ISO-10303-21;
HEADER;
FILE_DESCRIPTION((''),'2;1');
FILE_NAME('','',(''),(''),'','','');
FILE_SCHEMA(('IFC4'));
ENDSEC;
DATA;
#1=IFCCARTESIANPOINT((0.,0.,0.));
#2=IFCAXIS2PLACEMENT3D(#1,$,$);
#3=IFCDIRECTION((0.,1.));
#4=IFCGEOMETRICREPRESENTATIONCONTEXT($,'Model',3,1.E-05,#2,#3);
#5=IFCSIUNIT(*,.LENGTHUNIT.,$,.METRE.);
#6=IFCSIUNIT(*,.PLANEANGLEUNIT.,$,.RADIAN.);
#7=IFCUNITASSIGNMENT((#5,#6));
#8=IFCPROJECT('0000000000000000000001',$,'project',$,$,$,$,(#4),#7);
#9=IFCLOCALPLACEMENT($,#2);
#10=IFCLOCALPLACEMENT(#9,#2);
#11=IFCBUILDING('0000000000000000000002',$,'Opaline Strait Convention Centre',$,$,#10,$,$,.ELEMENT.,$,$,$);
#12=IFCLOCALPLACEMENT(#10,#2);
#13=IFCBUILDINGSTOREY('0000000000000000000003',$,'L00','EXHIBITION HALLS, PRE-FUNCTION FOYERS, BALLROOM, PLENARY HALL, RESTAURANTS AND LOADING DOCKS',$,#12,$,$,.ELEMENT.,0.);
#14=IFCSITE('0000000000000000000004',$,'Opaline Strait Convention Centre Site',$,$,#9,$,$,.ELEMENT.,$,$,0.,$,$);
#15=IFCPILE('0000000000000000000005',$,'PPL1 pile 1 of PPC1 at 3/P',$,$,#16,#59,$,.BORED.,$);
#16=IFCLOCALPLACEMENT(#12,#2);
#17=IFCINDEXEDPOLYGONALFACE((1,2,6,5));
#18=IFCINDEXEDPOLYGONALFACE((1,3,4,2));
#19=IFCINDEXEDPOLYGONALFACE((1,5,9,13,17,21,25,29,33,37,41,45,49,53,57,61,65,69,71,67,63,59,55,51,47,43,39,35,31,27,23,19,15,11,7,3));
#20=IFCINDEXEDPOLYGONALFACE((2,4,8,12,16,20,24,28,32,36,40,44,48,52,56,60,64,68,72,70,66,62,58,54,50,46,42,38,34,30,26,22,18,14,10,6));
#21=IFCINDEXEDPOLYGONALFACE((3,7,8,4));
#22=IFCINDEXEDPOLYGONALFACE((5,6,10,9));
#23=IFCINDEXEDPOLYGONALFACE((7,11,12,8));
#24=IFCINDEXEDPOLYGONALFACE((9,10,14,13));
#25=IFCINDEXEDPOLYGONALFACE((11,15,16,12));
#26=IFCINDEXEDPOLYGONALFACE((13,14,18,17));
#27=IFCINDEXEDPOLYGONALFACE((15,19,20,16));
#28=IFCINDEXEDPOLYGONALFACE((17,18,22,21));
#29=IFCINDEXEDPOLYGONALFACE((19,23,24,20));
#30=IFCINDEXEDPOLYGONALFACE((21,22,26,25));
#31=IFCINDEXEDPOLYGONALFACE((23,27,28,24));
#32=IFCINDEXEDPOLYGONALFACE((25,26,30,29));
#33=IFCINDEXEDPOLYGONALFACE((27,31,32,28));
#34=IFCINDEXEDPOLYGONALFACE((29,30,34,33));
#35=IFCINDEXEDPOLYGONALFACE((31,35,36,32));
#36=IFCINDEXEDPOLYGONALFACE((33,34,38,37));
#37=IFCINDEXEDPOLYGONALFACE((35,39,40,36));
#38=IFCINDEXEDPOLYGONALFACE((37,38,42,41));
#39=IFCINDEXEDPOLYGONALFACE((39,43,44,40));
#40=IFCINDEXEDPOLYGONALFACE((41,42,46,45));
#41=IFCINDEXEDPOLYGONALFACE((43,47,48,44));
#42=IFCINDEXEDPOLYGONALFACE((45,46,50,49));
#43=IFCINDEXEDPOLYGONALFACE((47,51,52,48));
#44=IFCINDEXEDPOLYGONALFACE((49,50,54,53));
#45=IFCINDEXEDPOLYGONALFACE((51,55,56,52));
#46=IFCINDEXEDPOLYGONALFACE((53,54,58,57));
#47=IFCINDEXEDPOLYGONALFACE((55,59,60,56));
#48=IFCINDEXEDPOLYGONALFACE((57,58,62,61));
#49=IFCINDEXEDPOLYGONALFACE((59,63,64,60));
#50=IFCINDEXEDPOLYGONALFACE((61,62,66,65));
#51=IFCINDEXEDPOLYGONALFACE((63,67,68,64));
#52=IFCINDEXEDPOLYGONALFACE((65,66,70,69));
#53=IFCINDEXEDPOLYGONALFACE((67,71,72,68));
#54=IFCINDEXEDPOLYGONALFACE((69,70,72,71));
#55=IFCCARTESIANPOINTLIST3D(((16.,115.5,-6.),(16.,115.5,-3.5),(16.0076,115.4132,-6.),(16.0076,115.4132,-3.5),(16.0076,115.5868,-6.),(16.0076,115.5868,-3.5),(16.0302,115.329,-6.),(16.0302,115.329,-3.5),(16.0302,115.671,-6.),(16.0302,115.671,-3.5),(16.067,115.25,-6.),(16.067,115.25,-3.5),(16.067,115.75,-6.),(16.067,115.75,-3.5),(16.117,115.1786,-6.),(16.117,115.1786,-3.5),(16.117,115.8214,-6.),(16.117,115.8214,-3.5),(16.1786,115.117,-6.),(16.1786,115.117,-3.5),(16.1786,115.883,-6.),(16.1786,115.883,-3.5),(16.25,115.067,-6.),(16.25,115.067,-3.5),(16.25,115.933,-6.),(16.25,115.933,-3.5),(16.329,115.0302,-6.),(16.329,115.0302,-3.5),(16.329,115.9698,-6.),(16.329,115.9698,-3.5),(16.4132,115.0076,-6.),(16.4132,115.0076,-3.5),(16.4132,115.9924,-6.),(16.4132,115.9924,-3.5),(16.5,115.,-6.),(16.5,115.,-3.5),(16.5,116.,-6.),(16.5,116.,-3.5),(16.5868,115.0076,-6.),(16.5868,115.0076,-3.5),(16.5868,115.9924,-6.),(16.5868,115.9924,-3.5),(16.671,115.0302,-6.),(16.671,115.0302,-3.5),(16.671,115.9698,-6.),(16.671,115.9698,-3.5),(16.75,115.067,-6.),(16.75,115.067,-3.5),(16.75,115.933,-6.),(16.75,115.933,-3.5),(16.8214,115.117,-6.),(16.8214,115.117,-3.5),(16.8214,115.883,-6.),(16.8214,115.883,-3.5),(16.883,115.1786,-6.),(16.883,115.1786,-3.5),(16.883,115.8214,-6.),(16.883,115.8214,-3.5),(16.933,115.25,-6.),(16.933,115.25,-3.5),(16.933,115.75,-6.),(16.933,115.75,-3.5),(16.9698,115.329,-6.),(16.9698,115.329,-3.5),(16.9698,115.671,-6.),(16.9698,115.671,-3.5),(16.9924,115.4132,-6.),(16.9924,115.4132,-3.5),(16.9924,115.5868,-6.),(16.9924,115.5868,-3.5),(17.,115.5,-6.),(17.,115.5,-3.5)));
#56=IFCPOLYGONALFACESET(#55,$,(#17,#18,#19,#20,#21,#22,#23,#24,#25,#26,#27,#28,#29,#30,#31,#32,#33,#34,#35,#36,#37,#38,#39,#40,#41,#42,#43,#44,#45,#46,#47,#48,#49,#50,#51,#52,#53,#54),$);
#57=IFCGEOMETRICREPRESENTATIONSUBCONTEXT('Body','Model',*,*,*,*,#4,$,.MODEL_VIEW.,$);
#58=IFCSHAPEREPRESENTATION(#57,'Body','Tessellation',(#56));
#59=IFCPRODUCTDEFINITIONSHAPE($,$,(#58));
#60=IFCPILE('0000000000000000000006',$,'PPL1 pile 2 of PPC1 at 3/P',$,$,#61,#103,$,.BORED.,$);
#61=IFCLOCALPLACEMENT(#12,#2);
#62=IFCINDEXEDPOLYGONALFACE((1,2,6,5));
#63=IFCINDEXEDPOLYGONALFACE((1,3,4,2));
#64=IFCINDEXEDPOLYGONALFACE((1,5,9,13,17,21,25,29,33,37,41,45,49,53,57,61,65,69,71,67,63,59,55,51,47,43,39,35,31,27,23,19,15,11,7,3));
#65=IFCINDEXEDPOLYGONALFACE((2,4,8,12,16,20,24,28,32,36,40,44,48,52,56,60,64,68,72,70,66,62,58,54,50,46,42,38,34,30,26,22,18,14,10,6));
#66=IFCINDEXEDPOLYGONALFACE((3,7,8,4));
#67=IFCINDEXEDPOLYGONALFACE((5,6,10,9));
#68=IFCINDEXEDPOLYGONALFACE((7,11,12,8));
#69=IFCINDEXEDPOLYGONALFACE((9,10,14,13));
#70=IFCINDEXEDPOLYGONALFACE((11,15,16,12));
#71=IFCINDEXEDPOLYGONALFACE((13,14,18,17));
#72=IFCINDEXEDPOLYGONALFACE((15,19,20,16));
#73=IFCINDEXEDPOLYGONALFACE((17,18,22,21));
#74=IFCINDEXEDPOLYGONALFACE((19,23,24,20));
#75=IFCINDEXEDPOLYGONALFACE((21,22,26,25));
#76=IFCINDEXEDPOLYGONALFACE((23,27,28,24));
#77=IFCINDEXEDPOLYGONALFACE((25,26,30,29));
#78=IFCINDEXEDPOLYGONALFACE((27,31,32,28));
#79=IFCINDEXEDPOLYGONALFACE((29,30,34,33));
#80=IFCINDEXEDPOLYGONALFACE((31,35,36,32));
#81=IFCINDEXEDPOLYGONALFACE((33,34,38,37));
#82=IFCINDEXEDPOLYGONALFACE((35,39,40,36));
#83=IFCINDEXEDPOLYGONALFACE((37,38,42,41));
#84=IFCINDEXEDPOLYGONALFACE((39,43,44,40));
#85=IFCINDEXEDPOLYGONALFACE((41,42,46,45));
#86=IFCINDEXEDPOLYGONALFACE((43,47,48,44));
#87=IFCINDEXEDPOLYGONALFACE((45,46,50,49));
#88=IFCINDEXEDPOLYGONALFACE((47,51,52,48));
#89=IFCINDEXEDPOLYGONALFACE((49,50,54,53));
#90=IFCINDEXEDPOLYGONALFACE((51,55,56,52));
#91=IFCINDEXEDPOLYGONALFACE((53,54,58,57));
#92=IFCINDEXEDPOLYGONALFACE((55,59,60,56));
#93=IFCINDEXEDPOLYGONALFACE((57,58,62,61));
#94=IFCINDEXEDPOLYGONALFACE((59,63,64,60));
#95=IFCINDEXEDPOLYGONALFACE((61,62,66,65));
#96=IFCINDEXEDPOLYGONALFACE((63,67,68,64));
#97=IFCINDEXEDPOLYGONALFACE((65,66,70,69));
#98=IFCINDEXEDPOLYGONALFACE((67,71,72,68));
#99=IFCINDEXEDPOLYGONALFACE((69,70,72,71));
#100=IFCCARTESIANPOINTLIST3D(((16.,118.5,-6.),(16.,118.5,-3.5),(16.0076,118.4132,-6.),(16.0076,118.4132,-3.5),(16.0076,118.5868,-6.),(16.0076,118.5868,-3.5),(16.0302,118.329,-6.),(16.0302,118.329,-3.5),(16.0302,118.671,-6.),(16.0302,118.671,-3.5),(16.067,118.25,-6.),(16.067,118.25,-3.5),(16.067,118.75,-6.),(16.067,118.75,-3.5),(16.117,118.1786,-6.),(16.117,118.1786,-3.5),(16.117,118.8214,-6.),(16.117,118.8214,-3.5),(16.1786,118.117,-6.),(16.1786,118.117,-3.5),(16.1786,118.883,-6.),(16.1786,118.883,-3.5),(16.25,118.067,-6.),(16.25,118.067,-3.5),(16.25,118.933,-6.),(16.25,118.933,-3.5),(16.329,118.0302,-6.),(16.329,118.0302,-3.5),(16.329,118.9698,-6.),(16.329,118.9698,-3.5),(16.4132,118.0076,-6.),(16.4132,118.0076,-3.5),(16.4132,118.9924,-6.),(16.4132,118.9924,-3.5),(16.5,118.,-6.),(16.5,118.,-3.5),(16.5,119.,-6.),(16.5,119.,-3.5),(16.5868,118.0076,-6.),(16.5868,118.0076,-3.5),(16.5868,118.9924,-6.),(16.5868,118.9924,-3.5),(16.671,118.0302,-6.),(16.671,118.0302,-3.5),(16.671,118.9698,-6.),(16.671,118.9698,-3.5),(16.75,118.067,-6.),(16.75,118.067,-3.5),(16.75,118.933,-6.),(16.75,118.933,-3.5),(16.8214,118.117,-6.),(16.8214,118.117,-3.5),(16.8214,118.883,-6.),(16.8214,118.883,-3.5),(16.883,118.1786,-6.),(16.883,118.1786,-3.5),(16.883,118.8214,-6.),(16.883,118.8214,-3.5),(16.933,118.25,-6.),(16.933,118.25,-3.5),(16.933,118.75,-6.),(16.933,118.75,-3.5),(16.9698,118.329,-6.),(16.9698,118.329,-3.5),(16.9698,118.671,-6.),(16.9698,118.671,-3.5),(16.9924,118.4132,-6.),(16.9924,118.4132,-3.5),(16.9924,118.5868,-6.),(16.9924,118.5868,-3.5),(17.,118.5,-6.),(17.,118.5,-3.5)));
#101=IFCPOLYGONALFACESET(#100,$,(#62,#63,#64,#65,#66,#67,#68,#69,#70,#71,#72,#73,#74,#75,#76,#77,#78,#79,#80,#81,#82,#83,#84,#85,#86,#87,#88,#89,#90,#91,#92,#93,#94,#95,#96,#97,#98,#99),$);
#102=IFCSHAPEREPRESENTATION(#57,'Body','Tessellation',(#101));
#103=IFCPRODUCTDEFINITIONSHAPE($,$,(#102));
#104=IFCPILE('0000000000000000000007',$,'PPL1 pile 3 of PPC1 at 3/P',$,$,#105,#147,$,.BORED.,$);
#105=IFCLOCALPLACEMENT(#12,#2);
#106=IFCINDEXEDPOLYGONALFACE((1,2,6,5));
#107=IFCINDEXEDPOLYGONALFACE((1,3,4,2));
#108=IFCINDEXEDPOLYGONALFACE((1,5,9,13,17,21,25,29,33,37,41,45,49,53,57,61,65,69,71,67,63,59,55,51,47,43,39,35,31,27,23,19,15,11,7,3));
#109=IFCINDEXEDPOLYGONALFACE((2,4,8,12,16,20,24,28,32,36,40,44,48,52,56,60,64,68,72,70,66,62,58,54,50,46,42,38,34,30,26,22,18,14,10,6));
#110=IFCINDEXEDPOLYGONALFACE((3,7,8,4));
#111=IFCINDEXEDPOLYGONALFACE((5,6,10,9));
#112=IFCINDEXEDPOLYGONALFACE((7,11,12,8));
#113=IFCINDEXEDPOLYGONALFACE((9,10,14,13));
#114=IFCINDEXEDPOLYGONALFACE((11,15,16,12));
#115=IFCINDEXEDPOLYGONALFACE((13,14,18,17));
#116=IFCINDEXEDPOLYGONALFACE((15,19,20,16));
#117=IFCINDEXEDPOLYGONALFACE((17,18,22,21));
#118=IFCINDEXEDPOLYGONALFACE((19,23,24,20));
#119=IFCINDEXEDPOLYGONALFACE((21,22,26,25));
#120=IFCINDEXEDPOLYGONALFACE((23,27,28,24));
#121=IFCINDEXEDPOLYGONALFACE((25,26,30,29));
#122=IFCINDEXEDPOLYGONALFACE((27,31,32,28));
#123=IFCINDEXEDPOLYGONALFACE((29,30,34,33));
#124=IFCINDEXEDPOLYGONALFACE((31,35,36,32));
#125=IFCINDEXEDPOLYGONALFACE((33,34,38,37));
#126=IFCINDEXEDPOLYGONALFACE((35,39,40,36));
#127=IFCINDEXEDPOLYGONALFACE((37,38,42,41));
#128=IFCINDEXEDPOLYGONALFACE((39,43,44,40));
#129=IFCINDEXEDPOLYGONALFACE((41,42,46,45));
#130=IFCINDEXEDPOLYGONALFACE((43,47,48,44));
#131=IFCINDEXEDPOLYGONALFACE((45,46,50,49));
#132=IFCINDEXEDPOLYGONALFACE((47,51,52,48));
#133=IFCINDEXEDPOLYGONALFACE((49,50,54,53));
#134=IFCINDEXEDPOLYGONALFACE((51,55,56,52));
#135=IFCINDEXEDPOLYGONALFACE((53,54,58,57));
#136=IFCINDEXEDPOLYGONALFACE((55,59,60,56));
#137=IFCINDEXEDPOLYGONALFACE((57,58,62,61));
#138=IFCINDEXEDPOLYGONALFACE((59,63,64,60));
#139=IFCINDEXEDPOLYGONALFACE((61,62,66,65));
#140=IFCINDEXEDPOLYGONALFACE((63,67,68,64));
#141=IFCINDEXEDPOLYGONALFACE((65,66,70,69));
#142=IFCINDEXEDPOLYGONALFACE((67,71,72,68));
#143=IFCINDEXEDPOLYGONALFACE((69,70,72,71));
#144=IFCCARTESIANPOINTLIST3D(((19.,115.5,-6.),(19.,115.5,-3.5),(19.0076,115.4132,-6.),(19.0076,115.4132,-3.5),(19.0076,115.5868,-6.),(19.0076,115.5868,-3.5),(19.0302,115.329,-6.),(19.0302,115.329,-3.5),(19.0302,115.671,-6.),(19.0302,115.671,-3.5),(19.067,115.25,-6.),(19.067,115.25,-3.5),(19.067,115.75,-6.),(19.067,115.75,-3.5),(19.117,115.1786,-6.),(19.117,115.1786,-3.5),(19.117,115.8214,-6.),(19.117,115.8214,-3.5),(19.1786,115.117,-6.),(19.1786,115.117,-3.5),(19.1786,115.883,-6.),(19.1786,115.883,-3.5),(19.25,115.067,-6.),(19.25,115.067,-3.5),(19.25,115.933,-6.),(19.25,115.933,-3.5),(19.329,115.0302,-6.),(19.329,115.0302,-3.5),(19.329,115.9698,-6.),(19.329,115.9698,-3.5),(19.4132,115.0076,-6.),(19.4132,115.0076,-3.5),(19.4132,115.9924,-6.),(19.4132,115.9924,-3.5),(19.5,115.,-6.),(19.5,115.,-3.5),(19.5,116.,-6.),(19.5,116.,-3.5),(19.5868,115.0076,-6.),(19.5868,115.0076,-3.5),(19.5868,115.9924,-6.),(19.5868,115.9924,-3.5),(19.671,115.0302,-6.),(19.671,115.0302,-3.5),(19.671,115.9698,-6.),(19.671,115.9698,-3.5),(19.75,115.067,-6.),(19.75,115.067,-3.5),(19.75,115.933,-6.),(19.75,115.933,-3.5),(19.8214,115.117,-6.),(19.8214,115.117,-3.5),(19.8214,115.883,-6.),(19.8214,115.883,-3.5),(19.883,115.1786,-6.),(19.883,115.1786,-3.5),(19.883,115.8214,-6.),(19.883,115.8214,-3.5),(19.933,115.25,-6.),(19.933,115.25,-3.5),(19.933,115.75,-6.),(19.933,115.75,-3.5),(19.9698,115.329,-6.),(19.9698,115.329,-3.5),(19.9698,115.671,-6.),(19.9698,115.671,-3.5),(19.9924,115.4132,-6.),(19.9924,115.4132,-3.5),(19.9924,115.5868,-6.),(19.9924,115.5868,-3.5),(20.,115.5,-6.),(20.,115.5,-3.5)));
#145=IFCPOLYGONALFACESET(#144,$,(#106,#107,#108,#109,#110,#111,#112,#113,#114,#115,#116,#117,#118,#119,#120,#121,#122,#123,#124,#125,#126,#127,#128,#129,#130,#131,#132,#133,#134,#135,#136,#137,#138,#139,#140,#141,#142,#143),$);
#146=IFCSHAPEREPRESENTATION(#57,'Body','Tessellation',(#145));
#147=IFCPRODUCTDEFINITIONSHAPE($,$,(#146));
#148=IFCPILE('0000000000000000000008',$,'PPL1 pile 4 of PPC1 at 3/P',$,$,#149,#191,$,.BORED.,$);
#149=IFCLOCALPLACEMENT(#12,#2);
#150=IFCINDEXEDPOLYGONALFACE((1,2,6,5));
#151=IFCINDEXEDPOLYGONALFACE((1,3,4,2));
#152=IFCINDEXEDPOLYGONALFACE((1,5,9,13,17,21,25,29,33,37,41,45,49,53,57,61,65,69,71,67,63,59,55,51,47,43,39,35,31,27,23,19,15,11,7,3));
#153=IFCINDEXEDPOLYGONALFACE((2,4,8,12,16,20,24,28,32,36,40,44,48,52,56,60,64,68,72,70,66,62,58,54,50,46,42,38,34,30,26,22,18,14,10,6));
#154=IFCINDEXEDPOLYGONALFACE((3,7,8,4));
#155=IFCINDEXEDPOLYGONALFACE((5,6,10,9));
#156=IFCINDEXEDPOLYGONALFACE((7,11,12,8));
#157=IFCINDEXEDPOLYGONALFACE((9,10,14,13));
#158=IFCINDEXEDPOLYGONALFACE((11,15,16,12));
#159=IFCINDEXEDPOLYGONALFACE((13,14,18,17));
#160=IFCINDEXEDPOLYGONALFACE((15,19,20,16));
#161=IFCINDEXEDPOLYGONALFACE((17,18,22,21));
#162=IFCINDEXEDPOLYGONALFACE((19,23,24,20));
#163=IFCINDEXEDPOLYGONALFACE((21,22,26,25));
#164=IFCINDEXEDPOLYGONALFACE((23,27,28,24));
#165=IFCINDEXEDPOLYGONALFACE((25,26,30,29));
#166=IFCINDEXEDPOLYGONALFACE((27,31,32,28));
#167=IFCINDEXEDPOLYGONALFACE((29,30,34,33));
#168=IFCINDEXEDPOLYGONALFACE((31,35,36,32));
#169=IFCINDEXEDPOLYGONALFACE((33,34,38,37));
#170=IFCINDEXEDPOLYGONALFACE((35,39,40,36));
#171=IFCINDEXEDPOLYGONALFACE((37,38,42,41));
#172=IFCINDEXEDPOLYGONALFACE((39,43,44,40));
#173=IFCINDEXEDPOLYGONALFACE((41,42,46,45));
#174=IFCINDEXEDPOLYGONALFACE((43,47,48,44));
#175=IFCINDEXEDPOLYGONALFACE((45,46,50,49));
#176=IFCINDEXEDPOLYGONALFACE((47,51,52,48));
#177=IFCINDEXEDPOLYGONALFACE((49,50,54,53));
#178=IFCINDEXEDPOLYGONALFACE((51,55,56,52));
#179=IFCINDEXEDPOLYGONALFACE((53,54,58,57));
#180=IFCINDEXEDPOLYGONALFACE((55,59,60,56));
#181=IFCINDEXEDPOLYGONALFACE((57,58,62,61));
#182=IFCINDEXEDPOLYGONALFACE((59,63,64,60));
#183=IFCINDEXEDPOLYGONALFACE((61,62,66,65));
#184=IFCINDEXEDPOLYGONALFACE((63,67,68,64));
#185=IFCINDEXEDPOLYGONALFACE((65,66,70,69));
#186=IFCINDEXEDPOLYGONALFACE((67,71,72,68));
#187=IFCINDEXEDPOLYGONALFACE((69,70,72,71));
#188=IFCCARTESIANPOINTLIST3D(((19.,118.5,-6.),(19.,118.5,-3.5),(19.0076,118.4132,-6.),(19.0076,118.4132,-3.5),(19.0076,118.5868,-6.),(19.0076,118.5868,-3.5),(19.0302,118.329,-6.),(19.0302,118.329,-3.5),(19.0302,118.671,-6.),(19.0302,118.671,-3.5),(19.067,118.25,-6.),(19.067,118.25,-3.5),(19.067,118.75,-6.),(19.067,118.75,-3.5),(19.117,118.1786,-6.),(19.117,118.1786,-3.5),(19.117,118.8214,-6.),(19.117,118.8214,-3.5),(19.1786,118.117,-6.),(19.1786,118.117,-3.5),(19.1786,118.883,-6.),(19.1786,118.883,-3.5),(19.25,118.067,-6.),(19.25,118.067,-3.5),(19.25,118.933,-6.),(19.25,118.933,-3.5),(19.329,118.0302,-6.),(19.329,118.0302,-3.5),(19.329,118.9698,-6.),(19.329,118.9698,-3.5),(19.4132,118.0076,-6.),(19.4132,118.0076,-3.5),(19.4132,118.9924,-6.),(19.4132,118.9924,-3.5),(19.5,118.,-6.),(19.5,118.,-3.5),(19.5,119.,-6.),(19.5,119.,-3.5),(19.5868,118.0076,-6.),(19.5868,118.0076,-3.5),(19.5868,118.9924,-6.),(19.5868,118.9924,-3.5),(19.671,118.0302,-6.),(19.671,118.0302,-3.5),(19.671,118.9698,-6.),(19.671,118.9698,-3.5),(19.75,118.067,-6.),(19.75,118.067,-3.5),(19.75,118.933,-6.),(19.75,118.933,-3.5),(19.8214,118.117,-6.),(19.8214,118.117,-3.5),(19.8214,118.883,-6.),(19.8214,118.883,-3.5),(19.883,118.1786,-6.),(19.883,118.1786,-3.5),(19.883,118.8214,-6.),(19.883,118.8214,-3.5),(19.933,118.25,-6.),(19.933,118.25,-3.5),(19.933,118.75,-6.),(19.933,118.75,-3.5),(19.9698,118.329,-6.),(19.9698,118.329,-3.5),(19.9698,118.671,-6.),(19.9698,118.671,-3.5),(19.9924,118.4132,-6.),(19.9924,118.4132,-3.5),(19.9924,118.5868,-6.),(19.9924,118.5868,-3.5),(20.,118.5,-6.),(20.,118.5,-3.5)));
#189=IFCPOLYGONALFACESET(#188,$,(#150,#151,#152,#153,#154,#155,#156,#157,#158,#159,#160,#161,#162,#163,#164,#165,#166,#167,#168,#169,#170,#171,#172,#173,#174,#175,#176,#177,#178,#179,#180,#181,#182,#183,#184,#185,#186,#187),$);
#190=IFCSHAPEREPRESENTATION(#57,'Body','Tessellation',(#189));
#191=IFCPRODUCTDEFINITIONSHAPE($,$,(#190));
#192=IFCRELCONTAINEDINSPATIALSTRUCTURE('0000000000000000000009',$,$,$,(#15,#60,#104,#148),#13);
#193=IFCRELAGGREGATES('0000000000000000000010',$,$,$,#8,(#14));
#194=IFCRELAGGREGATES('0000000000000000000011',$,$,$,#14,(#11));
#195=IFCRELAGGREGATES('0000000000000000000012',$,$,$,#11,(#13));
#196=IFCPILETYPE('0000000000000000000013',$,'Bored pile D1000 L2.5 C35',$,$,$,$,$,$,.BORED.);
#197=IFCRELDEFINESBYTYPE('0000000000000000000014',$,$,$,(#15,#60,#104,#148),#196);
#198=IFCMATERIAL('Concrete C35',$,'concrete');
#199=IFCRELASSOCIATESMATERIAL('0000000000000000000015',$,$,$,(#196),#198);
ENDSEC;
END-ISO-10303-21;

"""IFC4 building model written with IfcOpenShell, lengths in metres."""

from ifc_helpers import new_model, si_unit, direction, frame, origin, origin_2d, place, context, subcontext, project, spatial, circle, extrude, material, material_profile, profile_set, type_object, element, save


model = new_model("IFC4")

# Units and contexts
model_context = context("Model", 3, precision=1e-05, world=origin(), true_north=direction((0.0, 1.0)))
body_context = subcontext(model_context, "Body", "Model", "MODEL_VIEW")
ifc_project = project(units=[si_unit("LENGTHUNIT", "METRE"), si_unit("PLANEANGLEUNIT", "RADIAN")], contexts=[model_context])

# Site, building, storey
site_placement = place(None, origin())
site = spatial("IfcSite", under=ifc_project, at=site_placement, Name="Opaline Strait Convention Centre Site", CompositionType="ELEMENT", RefElevation=0.0)
building_placement = place(site_placement, origin())
building = spatial("IfcBuilding", under=site, at=building_placement, Name="Opaline Strait Convention Centre", CompositionType="ELEMENT")
storey_placement = place(building_placement, origin())
storey = spatial("IfcBuildingStorey", under=building, at=storey_placement, Name="L00", Description="EXHIBITION HALLS, PRE-FUNCTION FOYERS, BALLROOM, PLENARY HALL, RESTAURANTS AND LOADING DOCKS", CompositionType="ELEMENT", Elevation=0.0)

# Piles
ifc_material_1 = material(Name="Concrete C35", Category="concrete")
ifc_material_profile_1 = material_profile(ifc_material_1, circle(Radius=0.5, at=origin_2d()), Name="D1000")
ifc_profile_set_1 = profile_set([ifc_material_profile_1], Name="Concrete C35")
pile_type_1 = type_object("IfcPileType", Name="Bored pile D1000 L2.5 C35", PredefinedType="BORED", material=ifc_profile_set_1)
for number, where, z_axis, x_axis, name in (
    (1, (16.5, 115.5, -3.5), (0.0, 0.0, -1.0), (1.0, 0.0, 0.0), "PPL1 pile 1 of PPC1 at 3/P"),
    (2, (16.5, 118.5, -3.5), (0.0, 0.0, -1.0), (1.0, 0.0, 0.0), "PPL1 pile 2 of PPC1 at 3/P"),
    (3, (19.5, 115.5, -3.5), (0.0, 0.0, -1.0), (1.0, 0.0, 0.0), "PPL1 pile 3 of PPC1 at 3/P"),
    (4, (19.5, 118.5, -3.5), (0.0, 0.0, -1.0), (1.0, 0.0, 0.0), "PPL1 pile 4 of PPC1 at 3/P"),
):
    element("IfcPile", number, at=place(storey_placement, frame(where, z_axis=z_axis, x_axis=x_axis)), inside=storey, type_object=pile_type_1, Name=name, PredefinedType="BORED", context=body_context, shape_type="SweptSolid", body=[
        extrude(circle(Radius=0.5, at=origin_2d()), origin(), (0.0, 0.0, 1.0), 2.5),
    ])

save(model, "model.ifc")
